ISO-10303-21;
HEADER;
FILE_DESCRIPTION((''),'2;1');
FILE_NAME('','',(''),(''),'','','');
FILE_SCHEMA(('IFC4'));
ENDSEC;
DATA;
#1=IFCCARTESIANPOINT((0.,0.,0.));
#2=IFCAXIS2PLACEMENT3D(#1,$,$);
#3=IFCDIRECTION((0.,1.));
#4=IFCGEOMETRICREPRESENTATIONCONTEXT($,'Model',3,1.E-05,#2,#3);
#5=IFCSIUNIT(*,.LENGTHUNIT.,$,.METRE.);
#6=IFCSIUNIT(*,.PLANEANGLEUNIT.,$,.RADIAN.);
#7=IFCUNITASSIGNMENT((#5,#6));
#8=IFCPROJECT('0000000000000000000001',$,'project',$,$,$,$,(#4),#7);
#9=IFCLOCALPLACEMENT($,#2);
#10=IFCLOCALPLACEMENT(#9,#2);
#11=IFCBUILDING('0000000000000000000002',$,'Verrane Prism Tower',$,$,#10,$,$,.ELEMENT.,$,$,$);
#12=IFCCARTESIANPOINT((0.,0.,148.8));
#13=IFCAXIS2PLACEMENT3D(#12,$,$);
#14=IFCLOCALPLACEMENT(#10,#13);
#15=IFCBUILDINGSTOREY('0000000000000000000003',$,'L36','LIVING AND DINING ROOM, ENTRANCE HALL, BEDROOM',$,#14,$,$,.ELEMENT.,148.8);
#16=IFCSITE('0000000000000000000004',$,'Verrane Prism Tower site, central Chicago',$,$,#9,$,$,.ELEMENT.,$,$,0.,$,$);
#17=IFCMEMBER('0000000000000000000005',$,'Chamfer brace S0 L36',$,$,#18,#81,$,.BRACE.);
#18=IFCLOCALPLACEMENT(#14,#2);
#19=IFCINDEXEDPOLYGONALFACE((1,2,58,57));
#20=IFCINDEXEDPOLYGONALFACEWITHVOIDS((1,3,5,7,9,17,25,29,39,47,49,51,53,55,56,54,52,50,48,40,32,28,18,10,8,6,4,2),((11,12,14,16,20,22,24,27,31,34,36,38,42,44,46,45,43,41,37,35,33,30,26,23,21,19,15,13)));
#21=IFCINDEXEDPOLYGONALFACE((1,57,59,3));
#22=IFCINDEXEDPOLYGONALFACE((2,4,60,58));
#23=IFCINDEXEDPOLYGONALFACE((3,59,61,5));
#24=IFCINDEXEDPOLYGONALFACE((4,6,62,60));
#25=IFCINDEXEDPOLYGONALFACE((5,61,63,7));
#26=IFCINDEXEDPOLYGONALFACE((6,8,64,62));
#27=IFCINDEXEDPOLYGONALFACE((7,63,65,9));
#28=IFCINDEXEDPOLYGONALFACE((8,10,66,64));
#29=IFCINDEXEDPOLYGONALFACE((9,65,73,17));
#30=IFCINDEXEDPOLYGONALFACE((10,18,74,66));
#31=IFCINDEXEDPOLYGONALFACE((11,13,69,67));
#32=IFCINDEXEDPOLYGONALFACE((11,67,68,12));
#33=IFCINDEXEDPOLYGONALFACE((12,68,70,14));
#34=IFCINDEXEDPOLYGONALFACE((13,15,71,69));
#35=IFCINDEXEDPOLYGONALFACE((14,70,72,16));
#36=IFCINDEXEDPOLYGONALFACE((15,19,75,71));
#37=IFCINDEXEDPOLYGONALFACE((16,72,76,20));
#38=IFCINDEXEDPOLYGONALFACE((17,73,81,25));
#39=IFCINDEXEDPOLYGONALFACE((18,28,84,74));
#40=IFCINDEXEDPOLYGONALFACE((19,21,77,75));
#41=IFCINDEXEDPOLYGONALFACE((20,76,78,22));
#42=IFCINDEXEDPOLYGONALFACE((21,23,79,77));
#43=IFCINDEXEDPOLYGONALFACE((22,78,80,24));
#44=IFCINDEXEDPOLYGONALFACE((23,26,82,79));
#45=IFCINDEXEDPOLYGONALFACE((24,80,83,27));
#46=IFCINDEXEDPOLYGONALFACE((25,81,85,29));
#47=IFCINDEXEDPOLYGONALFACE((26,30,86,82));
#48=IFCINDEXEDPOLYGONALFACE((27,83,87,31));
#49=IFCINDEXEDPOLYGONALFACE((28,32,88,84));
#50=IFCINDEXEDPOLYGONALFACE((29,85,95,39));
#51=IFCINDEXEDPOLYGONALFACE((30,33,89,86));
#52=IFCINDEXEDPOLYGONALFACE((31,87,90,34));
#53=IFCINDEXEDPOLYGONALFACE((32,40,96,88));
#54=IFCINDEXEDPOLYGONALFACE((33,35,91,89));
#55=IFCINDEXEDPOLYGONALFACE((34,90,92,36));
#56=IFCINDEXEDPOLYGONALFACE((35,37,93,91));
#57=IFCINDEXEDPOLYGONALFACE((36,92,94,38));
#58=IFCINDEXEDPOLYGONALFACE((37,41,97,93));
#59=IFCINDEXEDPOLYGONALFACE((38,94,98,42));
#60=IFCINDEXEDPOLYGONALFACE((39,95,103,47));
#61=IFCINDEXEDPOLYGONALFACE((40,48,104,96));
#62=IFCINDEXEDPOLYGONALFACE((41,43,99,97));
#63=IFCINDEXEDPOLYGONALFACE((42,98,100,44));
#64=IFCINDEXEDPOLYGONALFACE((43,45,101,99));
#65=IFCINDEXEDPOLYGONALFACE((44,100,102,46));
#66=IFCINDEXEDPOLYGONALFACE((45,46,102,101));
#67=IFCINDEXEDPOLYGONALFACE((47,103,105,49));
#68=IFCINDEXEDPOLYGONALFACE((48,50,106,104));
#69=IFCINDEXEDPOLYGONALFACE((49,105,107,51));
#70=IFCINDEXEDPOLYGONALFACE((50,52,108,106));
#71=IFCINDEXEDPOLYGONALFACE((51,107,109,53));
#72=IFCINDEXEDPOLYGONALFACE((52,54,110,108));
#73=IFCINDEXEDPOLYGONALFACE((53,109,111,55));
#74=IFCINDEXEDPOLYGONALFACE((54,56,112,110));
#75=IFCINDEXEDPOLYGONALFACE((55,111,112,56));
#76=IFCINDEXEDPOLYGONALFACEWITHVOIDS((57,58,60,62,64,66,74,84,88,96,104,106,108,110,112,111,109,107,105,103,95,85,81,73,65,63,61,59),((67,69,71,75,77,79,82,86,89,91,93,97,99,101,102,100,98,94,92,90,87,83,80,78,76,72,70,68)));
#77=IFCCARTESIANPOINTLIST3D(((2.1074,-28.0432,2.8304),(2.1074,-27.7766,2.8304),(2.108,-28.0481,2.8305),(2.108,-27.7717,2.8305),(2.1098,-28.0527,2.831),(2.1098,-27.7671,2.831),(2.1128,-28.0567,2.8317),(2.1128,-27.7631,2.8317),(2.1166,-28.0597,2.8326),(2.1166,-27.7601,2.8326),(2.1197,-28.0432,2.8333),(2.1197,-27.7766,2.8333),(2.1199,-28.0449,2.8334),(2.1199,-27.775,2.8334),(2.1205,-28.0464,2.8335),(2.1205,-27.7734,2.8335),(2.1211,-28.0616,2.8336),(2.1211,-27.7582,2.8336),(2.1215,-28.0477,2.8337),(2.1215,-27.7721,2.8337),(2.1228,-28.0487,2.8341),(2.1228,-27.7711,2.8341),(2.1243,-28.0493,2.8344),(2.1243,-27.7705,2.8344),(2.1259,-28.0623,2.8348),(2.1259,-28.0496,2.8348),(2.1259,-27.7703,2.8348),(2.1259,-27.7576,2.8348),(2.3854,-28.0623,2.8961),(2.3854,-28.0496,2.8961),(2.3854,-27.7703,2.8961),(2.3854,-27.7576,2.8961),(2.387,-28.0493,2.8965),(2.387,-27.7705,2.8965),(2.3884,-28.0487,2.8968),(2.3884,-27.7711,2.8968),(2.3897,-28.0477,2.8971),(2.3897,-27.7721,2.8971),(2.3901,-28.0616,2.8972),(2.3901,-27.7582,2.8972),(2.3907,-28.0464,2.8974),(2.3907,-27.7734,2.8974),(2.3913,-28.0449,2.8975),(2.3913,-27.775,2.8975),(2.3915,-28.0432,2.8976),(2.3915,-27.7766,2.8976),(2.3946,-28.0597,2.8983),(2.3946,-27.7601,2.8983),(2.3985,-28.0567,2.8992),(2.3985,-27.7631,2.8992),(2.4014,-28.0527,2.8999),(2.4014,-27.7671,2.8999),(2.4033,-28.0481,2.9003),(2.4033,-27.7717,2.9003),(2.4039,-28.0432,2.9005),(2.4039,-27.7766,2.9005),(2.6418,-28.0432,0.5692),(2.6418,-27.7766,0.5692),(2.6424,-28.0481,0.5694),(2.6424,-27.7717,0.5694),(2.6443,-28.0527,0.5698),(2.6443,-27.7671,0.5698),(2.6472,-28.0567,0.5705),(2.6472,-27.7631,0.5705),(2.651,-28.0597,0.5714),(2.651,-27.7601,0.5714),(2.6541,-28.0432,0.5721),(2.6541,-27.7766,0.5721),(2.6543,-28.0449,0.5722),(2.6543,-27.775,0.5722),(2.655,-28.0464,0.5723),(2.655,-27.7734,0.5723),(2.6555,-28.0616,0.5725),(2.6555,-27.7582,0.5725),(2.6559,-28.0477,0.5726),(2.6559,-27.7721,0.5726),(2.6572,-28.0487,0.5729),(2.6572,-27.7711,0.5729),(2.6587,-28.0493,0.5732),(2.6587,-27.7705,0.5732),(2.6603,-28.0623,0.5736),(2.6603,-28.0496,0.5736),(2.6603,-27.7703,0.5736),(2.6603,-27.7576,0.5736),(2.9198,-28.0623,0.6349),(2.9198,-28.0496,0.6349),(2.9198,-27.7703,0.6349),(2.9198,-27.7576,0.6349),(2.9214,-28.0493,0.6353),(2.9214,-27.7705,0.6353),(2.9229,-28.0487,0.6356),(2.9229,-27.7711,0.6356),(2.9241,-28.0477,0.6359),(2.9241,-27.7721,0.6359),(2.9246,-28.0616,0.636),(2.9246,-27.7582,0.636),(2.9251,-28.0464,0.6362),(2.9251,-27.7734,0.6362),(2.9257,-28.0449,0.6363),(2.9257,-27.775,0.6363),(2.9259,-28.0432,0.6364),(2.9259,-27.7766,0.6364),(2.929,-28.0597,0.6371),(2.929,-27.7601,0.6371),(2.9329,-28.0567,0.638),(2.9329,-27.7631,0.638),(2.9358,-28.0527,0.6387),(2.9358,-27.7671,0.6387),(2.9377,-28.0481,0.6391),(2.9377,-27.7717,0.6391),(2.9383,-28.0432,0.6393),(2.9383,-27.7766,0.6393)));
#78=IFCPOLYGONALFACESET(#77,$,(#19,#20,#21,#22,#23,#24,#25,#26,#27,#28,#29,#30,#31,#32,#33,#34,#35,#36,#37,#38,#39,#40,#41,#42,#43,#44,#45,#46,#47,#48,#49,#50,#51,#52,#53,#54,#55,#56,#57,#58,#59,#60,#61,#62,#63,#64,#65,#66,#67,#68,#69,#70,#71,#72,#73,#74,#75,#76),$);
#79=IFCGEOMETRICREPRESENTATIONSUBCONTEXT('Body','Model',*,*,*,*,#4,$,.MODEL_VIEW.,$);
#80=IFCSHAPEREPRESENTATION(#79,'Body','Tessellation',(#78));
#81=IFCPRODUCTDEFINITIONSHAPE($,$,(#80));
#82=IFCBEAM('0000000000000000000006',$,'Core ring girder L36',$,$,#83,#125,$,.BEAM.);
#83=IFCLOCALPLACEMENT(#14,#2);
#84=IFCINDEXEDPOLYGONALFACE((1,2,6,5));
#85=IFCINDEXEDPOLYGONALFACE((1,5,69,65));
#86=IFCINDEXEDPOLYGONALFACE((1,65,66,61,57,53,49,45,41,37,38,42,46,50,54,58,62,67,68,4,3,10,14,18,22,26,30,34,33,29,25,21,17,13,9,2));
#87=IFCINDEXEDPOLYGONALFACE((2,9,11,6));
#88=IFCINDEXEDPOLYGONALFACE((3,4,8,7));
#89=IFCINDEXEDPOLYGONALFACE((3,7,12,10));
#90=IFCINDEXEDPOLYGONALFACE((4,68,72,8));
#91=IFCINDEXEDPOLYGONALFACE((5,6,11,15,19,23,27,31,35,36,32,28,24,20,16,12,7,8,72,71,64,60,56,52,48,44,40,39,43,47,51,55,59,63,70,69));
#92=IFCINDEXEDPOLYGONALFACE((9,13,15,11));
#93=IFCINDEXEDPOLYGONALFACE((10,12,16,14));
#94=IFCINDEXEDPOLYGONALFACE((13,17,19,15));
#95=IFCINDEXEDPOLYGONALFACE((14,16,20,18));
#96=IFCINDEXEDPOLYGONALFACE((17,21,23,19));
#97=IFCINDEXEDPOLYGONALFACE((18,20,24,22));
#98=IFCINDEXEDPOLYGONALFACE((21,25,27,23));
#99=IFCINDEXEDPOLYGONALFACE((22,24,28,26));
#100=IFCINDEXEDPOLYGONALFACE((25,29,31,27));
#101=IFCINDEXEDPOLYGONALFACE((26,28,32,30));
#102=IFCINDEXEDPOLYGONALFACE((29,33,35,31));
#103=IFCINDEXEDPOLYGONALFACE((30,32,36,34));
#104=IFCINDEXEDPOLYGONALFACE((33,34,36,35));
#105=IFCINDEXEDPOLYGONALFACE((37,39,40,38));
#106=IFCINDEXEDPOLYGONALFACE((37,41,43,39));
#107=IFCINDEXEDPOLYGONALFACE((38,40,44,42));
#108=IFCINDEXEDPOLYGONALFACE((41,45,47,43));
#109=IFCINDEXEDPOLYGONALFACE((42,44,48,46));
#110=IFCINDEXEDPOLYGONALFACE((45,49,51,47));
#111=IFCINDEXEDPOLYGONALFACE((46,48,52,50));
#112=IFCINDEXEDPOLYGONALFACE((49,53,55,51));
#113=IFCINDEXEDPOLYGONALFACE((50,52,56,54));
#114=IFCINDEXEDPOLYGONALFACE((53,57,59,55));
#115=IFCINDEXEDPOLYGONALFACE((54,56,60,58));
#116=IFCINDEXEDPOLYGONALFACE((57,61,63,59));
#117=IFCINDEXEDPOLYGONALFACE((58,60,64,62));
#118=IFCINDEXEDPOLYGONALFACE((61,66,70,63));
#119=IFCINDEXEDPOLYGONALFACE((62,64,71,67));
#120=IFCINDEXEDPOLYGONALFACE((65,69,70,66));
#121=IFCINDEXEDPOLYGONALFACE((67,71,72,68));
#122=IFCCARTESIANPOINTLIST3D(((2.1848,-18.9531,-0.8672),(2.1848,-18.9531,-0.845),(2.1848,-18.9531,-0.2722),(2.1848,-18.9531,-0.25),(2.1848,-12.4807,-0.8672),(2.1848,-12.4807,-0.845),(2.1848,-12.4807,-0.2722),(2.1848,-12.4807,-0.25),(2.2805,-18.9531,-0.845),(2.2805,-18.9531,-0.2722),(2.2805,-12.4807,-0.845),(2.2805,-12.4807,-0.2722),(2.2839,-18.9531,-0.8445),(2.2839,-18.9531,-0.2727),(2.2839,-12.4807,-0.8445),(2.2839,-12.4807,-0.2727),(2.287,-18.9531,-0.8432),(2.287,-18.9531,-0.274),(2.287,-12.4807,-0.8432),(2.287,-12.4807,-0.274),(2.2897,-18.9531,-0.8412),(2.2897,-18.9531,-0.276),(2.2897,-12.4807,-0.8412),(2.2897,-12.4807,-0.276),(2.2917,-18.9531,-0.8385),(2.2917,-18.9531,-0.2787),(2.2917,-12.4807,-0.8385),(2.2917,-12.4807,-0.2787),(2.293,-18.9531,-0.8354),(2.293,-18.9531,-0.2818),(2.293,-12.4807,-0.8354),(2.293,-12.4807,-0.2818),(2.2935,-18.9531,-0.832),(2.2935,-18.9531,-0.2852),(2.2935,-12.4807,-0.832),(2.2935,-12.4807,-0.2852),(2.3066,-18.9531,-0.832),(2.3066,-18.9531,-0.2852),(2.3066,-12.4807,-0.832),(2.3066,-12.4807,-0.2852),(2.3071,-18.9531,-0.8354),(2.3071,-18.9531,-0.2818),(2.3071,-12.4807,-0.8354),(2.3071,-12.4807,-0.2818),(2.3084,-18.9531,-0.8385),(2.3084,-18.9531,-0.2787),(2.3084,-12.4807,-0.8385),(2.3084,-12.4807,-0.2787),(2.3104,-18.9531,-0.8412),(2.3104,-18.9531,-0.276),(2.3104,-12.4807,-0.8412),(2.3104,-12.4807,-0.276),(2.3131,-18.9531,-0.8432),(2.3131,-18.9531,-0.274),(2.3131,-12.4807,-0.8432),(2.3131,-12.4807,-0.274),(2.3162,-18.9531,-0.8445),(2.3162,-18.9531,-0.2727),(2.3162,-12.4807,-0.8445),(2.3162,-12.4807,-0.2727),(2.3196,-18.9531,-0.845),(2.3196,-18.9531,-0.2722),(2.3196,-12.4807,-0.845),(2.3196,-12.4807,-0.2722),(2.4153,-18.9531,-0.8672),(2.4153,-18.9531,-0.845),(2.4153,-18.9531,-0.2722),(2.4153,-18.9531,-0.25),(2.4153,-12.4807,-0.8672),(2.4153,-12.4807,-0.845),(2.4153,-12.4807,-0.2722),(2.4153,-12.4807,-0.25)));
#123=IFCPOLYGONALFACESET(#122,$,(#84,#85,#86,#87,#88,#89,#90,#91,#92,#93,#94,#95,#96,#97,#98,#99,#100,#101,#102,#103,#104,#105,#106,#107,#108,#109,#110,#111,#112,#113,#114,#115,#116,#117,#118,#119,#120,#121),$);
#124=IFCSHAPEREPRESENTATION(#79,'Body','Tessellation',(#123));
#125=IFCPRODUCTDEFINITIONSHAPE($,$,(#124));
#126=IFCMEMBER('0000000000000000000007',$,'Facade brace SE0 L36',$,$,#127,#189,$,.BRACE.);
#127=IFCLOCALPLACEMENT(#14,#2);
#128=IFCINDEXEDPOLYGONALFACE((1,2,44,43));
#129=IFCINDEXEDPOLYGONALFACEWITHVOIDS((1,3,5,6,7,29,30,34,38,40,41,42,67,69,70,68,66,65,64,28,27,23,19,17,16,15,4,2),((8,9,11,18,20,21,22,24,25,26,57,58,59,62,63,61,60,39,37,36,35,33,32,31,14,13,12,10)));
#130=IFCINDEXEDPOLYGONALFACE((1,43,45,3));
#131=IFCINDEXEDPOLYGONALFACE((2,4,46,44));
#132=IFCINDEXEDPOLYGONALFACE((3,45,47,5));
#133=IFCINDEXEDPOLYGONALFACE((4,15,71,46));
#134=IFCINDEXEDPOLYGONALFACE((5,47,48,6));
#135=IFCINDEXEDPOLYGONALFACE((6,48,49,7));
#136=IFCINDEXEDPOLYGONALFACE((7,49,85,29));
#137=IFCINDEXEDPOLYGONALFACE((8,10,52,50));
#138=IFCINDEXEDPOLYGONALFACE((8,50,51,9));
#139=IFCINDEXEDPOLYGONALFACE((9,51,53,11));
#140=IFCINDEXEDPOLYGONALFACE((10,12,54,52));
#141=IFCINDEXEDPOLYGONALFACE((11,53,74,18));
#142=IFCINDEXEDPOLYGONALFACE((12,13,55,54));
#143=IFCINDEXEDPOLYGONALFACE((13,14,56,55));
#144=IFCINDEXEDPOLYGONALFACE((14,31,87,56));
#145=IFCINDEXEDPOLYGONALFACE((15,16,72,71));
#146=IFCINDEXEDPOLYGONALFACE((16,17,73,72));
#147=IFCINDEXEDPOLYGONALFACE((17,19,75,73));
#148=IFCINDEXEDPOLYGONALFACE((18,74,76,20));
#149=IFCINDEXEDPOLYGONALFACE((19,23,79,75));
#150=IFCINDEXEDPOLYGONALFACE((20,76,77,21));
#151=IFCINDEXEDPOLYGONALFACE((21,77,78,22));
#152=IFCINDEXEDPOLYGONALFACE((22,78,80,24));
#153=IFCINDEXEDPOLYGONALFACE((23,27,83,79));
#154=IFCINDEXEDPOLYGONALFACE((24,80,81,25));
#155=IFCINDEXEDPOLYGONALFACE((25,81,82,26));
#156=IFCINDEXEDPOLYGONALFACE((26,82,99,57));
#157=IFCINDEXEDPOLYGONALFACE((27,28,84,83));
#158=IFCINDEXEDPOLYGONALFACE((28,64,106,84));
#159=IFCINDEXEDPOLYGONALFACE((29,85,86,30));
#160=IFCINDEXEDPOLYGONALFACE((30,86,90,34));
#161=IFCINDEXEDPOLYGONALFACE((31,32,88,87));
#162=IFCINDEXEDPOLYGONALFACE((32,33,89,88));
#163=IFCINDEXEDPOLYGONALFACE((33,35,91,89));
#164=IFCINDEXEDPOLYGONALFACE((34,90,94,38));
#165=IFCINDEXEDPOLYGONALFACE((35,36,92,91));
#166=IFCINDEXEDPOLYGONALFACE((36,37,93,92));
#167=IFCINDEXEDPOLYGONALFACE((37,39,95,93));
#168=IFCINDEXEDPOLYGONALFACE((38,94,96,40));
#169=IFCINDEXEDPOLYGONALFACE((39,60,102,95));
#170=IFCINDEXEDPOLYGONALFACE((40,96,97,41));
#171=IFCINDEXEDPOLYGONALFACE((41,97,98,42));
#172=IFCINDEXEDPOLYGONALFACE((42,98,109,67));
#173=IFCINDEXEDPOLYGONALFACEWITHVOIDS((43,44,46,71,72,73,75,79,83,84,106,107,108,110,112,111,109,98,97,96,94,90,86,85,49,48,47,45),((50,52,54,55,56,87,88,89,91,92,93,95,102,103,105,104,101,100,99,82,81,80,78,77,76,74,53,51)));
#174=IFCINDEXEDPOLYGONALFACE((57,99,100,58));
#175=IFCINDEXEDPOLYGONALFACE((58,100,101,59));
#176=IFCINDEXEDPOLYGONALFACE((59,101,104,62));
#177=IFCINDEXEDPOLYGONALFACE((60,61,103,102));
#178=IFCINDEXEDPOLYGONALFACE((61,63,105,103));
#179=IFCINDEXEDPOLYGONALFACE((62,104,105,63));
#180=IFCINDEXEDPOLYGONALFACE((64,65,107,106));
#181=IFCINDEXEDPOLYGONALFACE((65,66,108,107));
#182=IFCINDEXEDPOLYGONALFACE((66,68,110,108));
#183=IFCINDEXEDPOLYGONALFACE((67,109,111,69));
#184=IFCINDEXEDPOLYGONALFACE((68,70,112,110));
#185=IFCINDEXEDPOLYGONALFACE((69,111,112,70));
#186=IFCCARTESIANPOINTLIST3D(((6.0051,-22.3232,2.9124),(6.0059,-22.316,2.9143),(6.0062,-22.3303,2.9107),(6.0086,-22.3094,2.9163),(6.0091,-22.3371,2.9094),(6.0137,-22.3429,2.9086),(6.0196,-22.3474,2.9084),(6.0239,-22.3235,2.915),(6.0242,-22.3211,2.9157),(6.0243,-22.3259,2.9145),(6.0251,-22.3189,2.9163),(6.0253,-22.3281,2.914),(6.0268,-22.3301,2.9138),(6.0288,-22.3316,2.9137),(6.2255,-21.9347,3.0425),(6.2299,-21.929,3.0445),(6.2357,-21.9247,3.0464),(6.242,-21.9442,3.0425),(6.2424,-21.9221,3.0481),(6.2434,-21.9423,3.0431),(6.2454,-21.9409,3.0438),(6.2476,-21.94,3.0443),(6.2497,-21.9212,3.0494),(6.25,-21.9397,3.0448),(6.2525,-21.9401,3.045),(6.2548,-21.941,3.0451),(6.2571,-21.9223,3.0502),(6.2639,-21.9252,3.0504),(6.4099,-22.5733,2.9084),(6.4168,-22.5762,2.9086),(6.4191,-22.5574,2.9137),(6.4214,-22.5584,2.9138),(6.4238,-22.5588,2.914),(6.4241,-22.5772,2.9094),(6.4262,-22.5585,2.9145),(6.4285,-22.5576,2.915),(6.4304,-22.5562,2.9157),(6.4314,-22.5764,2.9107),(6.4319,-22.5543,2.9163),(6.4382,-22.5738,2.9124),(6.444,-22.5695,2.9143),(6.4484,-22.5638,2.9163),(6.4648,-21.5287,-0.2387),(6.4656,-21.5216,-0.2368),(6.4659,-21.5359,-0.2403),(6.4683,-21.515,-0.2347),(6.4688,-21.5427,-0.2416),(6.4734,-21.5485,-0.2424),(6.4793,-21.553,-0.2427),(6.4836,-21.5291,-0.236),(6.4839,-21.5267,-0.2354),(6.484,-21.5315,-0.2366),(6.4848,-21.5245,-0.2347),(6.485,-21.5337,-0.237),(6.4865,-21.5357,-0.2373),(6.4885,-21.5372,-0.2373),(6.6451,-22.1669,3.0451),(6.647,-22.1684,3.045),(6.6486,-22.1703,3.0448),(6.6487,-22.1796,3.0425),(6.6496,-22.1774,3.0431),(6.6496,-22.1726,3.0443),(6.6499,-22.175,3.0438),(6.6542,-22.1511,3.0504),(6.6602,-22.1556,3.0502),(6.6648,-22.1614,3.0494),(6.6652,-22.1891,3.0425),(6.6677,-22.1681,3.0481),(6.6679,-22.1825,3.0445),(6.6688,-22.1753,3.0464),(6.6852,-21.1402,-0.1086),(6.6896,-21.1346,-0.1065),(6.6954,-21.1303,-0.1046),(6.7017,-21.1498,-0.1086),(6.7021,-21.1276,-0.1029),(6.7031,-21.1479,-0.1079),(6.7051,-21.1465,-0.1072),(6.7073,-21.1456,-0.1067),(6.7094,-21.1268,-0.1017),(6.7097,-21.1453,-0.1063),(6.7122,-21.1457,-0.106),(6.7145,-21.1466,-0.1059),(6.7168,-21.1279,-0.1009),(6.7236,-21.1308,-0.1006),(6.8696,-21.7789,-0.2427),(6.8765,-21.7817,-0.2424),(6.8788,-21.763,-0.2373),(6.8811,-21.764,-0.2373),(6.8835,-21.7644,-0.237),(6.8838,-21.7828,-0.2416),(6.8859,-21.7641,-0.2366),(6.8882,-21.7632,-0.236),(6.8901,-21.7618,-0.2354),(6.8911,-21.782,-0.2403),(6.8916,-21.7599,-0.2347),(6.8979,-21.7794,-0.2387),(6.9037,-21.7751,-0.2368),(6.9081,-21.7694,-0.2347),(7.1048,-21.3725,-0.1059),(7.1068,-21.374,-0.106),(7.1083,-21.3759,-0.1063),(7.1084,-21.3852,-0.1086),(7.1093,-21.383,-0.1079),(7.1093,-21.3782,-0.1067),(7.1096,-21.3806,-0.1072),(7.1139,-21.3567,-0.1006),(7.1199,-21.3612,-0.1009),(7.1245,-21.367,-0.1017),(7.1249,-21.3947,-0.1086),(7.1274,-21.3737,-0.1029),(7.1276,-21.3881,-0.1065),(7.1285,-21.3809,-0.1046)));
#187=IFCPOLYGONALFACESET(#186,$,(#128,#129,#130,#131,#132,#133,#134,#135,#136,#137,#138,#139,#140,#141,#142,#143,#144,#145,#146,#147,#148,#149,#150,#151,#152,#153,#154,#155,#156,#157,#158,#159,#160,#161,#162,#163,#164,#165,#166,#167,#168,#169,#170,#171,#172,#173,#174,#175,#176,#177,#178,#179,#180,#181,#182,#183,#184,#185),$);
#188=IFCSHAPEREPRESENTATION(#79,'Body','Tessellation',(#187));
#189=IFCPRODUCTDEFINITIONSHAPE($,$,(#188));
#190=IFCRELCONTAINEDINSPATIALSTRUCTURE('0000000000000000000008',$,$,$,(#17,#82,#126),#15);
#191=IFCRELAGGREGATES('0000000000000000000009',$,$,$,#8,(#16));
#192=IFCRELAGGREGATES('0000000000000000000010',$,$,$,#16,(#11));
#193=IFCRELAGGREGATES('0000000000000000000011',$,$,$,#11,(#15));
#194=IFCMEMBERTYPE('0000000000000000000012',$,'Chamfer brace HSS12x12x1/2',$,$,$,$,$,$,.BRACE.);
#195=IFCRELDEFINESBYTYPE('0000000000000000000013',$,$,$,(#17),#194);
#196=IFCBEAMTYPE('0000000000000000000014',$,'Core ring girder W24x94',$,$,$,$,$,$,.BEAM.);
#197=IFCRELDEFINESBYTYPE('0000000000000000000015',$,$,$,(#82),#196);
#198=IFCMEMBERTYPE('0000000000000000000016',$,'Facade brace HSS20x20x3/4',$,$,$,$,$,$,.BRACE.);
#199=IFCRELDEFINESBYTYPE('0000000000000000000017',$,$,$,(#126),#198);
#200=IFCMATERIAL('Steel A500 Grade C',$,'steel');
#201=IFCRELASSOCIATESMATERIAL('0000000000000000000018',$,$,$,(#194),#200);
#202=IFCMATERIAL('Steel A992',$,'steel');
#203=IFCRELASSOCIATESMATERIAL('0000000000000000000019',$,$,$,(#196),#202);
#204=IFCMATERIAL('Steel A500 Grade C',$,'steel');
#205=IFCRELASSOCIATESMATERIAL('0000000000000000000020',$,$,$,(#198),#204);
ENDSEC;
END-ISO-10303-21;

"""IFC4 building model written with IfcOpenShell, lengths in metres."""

from ifc_helpers import new_model, si_unit, direction, frame, origin, origin_2d, place, context, subcontext, project, spatial, hollow_rectangle, i_section, extrude, material, material_profile, profile_set, type_object, element, save


model = new_model("IFC4")

# Units and contexts
model_context = context("Model", 3, precision=1e-05, world=origin(), true_north=direction((0.0, 1.0)))
body_context = subcontext(model_context, "Body", "Model", "MODEL_VIEW")
ifc_project = project(units=[si_unit("LENGTHUNIT", "METRE"), si_unit("PLANEANGLEUNIT", "RADIAN")], contexts=[model_context])

# Site, building, storey
site_placement = place(None, origin())
site = spatial("IfcSite", under=ifc_project, at=site_placement, Name="Verrane Prism Tower site, central Chicago", CompositionType="ELEMENT", RefElevation=0.0)
building_placement = place(site_placement, origin())
building = spatial("IfcBuilding", under=site, at=building_placement, Name="Verrane Prism Tower", CompositionType="ELEMENT")
storey_placement = place(building_placement, frame((0.0, 0.0, 148.8)))
storey = spatial("IfcBuildingStorey", under=building, at=storey_placement, Name="L36", Description="LIVING AND DINING ROOM, ENTRANCE HALL, BEDROOM", CompositionType="ELEMENT", Elevation=148.8)

# Member
ifc_material_1 = material(Name="Steel A500 Grade C", Category="steel")
ifc_material_profile_1 = material_profile(ifc_material_1, hollow_rectangle(XDim=0.3047, YDim=0.3047, WallThickness=0.0127, InnerFilletRadius=0.0063, OuterFilletRadius=0.019, at=origin_2d()), Name="HSS12x12x1/2")
ifc_profile_set_1 = profile_set([ifc_material_profile_1], Name="Steel A500 Grade C")
member_type_1 = type_object("IfcMemberType", Name="Chamfer brace HSS12x12x1/2", PredefinedType="BRACE", material=ifc_profile_set_1)
member_1_placement = place(storey_placement, frame((2.79, -27.9099, 0.6042), z_axis=(-0.230006, 0.0, 0.973189), x_axis=(0.0, -1.0, 0.0)))
element("IfcMember", 1, at=member_1_placement, inside=storey, type_object=member_type_1, Name="Chamfer brace S0 L36", PredefinedType="BRACE", context=body_context, shape_type="SweptSolid", body=[
    extrude(hollow_rectangle(XDim=0.3047, YDim=0.3047, WallThickness=0.0127, InnerFilletRadius=0.0063, OuterFilletRadius=0.019, at=origin_2d()), origin(), (0.0, 0.0, 1.0), 2.3235),
])

# Beam
ifc_material_2 = material(Name="Steel A992", Category="steel")
ifc_material_profile_2 = material_profile(ifc_material_2, i_section(OverallWidth=0.2305, OverallDepth=0.6172, WebThickness=0.0132, FlangeThickness=0.0222, FilletRadius=0.0129, at=origin_2d()), Name="W24x94")
ifc_profile_set_2 = profile_set([ifc_material_profile_2], Name="Steel A992")
beam_type_1 = type_object("IfcBeamType", Name="Core ring girder W24x94", PredefinedType="BEAM", material=ifc_profile_set_2)
beam_1_placement = place(storey_placement, frame((2.3, -18.9531, -0.5586), z_axis=(0.0, 1.0, 0.0), x_axis=(-1.0, 0.0, 0.0)))
element("IfcBeam", 2, at=beam_1_placement, inside=storey, type_object=beam_type_1, Name="Core ring girder L36", PredefinedType="BEAM", context=body_context, shape_type="SweptSolid", body=[
    extrude(i_section(OverallWidth=0.2305, OverallDepth=0.6172, WebThickness=0.0132, FlangeThickness=0.0222, FilletRadius=0.0129, at=origin_2d()), origin(), (0.0, 0.0, 1.0), 6.4724),
])

# Member
ifc_material_3 = material(Name="Steel A500 Grade C", Category="steel")
ifc_material_profile_3 = material_profile(ifc_material_3, hollow_rectangle(XDim=0.5081, YDim=0.5081, WallThickness=0.019, InnerFilletRadius=0.0095, OuterFilletRadius=0.0286, at=origin_2d()), Name="HSS20x20x3/4")
ifc_profile_set_3 = profile_set([ifc_material_profile_3], Name="Steel A500 Grade C")
member_type_2 = type_object("IfcMemberType", Name="Facade brace HSS20x20x3/4", PredefinedType="BRACE", material=ifc_profile_set_3)
member_2_placement = place(storey_placement, frame((6.7966, -21.4548, -0.1716), z_axis=(-0.140069, -0.242052, 0.9601), x_axis=(0.865529, -0.500858, 0.0)))
element("IfcMember", 3, at=member_2_placement, inside=storey, type_object=member_type_2, Name="Facade brace SE0 L36", PredefinedType="BRACE", context=body_context, shape_type="SweptSolid", body=[
    extrude(hollow_rectangle(XDim=0.5081, YDim=0.5081, WallThickness=0.019, InnerFilletRadius=0.0095, OuterFilletRadius=0.0286, at=origin_2d()), origin(), (0.0, 0.0, 1.0), 3.282),
])

save(model, "model.ifc")
